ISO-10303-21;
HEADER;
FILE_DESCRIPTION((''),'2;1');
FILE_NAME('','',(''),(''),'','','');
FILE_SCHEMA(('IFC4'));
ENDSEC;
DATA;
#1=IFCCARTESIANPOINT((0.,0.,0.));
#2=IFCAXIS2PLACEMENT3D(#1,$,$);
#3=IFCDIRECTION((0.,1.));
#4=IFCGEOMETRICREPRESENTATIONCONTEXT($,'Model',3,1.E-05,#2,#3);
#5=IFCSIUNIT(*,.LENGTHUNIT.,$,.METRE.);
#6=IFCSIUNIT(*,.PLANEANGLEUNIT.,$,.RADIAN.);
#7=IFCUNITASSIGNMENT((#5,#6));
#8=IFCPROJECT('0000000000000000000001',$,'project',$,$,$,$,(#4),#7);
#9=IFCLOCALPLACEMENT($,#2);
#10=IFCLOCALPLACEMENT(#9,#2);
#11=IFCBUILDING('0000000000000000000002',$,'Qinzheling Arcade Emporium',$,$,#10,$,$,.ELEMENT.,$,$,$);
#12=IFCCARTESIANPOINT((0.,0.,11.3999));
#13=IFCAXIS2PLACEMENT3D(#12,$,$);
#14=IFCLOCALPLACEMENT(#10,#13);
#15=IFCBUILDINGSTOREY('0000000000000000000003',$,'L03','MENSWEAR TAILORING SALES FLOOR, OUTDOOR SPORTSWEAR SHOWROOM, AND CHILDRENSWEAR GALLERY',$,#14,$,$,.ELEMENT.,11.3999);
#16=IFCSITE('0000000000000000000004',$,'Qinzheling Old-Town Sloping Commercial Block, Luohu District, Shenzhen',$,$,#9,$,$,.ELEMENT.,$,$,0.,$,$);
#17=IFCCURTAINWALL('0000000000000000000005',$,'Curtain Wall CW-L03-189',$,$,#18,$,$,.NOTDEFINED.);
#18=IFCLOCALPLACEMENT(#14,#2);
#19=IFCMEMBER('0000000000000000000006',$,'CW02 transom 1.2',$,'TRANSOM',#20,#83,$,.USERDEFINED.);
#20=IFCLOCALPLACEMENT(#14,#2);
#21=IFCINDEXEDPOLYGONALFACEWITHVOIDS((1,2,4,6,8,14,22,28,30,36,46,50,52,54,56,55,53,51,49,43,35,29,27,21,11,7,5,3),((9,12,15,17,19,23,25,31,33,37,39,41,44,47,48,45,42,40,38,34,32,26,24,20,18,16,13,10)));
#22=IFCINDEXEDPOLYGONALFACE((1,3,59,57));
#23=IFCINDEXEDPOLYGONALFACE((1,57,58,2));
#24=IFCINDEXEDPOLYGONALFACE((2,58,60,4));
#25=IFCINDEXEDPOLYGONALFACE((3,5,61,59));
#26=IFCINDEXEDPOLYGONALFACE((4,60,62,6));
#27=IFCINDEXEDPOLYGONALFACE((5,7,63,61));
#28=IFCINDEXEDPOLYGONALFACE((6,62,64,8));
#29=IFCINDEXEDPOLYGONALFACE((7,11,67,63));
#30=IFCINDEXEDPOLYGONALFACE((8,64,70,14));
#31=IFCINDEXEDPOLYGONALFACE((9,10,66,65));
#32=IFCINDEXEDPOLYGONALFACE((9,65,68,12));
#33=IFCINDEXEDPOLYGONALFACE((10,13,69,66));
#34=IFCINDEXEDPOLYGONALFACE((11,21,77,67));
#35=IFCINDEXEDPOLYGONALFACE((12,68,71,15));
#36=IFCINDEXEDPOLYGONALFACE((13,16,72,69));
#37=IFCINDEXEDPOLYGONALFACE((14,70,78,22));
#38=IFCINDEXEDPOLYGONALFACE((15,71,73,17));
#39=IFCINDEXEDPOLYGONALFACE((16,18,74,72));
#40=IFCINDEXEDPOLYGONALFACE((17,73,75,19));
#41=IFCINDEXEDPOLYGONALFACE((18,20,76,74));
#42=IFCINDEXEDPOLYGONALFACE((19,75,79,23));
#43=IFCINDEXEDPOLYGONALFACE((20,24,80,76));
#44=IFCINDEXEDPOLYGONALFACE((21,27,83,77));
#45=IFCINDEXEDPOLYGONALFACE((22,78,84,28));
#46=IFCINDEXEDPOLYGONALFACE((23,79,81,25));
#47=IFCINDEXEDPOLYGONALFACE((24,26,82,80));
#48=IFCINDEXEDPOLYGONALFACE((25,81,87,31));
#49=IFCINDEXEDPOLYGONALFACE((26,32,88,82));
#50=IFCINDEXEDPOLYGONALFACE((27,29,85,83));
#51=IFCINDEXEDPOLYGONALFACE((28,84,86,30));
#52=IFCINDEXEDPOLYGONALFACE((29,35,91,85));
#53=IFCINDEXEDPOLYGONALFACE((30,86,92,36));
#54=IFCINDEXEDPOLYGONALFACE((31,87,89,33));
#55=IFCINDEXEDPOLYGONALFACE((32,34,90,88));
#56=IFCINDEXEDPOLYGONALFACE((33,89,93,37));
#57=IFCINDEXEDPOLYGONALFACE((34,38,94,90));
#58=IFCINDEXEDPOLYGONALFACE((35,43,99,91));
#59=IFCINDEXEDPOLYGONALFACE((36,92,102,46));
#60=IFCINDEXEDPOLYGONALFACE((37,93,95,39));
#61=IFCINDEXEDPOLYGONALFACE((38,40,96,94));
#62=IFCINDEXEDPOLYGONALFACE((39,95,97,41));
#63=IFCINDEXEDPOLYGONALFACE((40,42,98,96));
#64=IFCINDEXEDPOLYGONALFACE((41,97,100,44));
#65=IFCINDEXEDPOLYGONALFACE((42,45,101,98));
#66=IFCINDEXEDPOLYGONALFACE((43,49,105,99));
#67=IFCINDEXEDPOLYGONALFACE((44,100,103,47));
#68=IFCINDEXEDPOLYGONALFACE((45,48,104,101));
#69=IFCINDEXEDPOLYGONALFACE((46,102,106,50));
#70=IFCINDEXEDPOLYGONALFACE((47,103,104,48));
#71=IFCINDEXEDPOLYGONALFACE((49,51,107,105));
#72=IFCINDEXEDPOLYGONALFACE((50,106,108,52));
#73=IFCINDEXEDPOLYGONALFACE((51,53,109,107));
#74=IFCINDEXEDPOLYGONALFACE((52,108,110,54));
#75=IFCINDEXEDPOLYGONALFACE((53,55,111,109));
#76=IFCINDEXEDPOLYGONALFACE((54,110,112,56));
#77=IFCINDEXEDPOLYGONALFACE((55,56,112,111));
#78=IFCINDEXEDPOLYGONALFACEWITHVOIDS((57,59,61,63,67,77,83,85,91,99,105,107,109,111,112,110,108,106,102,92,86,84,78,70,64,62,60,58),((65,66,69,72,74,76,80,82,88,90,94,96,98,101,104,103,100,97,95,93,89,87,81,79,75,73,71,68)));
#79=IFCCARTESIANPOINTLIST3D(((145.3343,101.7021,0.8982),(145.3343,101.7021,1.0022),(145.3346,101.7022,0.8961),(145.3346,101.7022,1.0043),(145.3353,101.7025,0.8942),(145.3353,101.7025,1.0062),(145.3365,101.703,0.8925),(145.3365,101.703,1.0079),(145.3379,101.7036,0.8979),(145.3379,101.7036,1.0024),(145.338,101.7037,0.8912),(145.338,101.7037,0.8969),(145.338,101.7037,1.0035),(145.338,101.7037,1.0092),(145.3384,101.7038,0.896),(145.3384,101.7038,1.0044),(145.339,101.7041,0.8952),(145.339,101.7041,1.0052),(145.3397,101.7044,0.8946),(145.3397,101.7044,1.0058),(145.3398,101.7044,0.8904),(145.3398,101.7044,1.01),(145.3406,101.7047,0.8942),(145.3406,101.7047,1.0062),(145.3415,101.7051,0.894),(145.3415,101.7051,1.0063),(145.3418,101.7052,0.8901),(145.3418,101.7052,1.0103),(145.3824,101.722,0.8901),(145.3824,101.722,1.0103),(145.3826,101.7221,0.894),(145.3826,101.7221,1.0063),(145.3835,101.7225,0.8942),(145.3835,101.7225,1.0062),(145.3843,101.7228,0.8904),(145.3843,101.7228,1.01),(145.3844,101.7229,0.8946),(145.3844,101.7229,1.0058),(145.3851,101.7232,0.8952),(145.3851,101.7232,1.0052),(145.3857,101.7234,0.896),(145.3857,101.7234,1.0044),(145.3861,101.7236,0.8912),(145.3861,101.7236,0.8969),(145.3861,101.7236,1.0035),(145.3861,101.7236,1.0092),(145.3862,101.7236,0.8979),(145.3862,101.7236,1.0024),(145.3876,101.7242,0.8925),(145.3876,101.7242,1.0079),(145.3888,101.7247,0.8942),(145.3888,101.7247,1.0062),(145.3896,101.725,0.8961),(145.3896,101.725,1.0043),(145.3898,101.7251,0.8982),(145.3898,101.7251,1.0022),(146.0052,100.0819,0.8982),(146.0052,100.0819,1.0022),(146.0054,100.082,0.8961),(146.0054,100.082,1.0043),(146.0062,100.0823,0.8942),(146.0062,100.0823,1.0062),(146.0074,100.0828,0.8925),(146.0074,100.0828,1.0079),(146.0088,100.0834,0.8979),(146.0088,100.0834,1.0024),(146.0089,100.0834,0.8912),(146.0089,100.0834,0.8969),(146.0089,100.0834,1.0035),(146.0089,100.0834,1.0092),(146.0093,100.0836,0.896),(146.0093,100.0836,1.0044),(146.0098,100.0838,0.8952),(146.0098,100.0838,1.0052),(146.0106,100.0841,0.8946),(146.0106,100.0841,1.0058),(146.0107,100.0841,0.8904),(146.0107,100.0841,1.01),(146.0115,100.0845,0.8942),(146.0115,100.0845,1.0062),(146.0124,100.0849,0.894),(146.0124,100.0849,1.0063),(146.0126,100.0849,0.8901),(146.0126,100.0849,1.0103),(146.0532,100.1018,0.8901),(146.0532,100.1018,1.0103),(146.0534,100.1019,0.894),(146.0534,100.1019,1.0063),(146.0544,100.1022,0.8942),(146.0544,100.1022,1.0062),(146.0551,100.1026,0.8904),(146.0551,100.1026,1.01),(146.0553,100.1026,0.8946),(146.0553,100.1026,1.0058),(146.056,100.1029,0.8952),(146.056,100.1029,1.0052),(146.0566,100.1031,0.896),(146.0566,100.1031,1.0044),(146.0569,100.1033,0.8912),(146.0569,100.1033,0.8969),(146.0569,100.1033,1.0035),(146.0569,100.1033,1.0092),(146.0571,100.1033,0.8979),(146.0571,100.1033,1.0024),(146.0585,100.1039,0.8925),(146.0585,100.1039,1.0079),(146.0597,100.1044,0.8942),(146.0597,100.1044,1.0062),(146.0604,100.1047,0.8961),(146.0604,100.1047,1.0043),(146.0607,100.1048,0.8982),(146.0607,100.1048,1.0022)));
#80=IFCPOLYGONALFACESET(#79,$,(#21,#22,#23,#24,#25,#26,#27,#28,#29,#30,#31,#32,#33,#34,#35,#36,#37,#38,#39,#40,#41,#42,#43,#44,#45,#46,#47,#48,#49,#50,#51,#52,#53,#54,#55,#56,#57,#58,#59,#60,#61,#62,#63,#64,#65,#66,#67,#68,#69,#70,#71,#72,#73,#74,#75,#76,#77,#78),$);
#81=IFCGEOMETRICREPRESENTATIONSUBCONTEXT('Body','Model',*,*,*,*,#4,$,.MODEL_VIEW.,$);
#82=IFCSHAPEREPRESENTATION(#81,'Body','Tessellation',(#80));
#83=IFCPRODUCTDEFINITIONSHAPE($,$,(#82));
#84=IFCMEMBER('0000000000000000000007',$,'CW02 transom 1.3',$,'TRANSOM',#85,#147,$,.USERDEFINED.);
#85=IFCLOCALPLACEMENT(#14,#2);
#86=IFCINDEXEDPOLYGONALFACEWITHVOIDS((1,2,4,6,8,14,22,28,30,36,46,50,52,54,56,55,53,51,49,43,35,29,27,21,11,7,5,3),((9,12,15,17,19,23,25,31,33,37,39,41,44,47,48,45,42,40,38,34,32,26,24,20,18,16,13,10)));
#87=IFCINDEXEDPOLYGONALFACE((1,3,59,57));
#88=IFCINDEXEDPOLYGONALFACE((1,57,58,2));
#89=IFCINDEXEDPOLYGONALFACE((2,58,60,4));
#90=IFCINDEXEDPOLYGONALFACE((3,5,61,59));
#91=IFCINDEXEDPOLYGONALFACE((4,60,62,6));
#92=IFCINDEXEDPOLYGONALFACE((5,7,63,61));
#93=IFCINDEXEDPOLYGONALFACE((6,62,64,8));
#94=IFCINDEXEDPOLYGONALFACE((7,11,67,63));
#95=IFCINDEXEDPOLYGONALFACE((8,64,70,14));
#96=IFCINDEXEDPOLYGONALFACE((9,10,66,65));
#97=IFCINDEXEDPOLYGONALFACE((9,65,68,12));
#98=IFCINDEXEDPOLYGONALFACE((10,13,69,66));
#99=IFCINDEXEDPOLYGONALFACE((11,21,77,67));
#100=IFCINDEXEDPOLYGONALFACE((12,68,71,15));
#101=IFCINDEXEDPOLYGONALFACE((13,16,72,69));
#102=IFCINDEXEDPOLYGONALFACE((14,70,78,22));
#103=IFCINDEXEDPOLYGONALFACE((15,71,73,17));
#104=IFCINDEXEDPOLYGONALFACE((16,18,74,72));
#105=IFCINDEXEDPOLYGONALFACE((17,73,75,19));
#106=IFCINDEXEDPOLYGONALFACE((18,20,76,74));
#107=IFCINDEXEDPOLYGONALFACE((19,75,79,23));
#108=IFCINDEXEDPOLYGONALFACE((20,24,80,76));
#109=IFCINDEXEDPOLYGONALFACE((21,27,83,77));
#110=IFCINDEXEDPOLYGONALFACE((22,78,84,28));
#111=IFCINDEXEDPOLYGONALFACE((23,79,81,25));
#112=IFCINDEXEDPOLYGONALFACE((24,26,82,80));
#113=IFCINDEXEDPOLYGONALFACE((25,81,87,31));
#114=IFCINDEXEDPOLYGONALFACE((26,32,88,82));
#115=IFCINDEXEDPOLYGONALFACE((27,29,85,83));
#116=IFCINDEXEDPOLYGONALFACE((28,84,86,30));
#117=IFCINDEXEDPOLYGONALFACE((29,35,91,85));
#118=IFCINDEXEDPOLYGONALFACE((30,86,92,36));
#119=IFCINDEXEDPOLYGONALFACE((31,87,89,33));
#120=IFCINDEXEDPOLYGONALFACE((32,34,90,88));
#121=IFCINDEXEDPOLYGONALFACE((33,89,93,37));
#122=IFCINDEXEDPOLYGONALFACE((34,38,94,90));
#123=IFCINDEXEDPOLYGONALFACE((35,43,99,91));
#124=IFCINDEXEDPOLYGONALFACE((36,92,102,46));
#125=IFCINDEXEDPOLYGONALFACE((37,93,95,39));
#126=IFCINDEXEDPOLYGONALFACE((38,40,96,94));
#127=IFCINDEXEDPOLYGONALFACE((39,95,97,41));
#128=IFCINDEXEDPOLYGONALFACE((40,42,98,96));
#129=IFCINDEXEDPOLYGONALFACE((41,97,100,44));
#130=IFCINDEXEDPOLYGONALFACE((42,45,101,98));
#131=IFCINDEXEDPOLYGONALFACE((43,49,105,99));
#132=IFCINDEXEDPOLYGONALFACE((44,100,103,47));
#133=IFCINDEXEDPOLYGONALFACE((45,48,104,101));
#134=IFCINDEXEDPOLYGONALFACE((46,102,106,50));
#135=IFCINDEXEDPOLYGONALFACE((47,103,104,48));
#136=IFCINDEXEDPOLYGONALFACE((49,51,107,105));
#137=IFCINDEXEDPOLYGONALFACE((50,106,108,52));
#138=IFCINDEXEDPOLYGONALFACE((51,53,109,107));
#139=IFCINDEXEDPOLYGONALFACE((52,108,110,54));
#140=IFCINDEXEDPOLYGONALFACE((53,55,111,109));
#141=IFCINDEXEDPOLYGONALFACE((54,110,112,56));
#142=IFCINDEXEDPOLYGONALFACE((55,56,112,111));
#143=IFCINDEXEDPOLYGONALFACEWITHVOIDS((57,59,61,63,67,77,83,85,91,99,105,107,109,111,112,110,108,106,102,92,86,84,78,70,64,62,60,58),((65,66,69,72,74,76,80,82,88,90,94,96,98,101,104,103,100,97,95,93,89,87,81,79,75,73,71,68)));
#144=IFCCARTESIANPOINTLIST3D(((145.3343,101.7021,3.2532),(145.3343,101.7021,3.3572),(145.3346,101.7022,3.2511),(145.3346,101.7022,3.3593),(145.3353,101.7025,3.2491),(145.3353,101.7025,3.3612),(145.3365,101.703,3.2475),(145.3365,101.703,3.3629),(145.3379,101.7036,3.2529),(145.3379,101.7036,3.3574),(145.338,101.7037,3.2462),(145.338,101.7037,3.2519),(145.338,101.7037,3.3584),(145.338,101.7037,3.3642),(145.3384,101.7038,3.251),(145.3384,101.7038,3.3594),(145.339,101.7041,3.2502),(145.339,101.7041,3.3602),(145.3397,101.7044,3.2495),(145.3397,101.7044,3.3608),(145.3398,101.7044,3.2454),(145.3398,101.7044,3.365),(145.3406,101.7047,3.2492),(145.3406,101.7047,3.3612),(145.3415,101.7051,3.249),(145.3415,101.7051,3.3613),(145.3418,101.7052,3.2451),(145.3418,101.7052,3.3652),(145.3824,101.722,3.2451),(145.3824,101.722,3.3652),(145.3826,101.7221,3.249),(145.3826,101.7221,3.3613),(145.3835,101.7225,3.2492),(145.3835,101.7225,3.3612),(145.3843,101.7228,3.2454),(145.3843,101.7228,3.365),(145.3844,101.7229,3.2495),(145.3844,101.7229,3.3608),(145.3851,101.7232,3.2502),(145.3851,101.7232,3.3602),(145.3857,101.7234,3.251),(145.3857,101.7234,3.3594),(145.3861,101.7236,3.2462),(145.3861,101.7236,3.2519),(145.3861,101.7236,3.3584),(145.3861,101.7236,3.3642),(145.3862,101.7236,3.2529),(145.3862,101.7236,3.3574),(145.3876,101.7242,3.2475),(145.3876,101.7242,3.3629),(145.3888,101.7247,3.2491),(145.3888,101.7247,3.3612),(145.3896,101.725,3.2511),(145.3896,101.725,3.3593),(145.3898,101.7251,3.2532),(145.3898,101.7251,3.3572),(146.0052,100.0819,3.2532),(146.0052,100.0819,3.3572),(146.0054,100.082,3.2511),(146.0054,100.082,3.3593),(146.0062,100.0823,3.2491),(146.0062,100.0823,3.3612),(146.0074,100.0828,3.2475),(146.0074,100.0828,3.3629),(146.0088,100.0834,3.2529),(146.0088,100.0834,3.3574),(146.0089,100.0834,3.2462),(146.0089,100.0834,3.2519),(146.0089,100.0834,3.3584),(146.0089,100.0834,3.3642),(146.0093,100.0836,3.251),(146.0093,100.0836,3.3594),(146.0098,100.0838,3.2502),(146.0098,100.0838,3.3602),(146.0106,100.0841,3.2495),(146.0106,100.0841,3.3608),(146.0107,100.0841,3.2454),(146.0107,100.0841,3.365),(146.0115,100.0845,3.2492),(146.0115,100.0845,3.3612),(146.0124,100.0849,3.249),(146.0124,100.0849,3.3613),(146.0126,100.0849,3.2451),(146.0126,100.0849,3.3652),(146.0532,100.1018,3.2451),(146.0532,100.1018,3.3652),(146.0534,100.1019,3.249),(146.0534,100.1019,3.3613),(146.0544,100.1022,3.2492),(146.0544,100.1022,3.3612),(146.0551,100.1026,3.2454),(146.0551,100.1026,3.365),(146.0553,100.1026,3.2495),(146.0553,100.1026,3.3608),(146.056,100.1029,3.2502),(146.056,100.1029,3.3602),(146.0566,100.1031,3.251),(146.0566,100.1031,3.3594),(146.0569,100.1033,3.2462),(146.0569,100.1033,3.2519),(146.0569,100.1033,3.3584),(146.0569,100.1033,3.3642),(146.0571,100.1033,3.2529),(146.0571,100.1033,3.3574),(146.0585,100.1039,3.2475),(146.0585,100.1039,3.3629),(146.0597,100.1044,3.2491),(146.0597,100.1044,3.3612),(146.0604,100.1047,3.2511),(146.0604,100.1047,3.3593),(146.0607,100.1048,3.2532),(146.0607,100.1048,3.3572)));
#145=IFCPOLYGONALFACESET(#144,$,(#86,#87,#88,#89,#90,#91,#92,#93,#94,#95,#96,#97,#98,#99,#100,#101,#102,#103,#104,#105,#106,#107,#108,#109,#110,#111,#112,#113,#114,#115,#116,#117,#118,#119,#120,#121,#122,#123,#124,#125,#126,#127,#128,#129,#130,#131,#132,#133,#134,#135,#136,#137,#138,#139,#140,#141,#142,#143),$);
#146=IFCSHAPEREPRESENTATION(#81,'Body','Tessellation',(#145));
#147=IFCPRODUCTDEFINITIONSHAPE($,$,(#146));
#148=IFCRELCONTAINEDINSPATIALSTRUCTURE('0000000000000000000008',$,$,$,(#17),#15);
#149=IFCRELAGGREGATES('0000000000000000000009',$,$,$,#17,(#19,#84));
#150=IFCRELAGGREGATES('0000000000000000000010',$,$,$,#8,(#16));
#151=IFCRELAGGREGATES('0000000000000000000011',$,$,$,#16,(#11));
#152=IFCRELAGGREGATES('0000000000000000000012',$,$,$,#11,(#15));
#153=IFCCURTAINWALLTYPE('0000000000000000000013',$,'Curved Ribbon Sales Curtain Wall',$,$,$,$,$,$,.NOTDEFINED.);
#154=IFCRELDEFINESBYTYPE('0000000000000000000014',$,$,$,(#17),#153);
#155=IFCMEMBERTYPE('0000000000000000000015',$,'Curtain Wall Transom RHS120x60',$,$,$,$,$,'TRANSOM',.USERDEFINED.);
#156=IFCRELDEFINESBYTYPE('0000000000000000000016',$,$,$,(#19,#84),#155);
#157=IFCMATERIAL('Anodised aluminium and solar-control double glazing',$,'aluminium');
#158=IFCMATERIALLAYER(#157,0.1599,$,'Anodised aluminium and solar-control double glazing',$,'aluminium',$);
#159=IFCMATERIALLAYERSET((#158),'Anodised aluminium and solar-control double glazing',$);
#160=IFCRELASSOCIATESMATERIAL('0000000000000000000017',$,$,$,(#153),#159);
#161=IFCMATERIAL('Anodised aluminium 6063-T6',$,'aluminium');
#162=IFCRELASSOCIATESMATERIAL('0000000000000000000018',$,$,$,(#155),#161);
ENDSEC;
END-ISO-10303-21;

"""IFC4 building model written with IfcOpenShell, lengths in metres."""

from ifc_helpers import new_model, si_unit, direction, frame, origin, origin_2d, place, context, subcontext, project, spatial, hollow_rectangle, extrude, material, layer, layer_set, material_profile, profile_set, type_object, element, aggregate, save


model = new_model("IFC4")

# Units and contexts
model_context = context("Model", 3, precision=1e-05, world=origin(), true_north=direction((0.0, 1.0)))
body_context = subcontext(model_context, "Body", "Model", "MODEL_VIEW")
ifc_project = project(units=[si_unit("LENGTHUNIT", "METRE"), si_unit("PLANEANGLEUNIT", "RADIAN")], contexts=[model_context])

# Site, building, storey
site_placement = place(None, origin())
site = spatial("IfcSite", under=ifc_project, at=site_placement, Name="Qinzheling Old-Town Sloping Commercial Block, Luohu District, Shenzhen", CompositionType="ELEMENT", RefElevation=0.0)
building_placement = place(site_placement, origin())
building = spatial("IfcBuilding", under=site, at=building_placement, Name="Qinzheling Arcade Emporium", CompositionType="ELEMENT")
storey_placement = place(building_placement, frame((0.0, 0.0, 11.3999)))
storey = spatial("IfcBuildingStorey", under=building, at=storey_placement, Name="L03", Description="MENSWEAR TAILORING SALES FLOOR, OUTDOOR SPORTSWEAR SHOWROOM, AND CHILDRENSWEAR GALLERY", CompositionType="ELEMENT", Elevation=11.3999)

# Curtain wall
ifc_material_1 = material(Name="Anodised aluminium and solar-control double glazing", Category="aluminium")
ifc_layer_1 = layer(ifc_material_1, 0.1599, Name="Anodised aluminium and solar-control double glazing", Category="aluminium")
ifc_layer_set_1 = layer_set([ifc_layer_1], Name="Anodised aluminium and solar-control double glazing")
curtain_wall_type = type_object("IfcCurtainWallType", Name="Curved Ribbon Sales Curtain Wall", PredefinedType="NOTDEFINED", material=ifc_layer_set_1)
curtain_wall_1_placement = place(storey_placement, origin())
curtain_wall_1 = element("IfcCurtainWall", 1, at=curtain_wall_1_placement, inside=storey, type_object=curtain_wall_type, Name="Curtain Wall CW-L03-189", PredefinedType="NOTDEFINED")
ifc_material_2 = material(Name="Anodised aluminium 6063-T6", Category="aluminium")

# Members
ifc_material_profile_1 = material_profile(ifc_material_2, hollow_rectangle(XDim=0.0601, YDim=0.1201, WallThickness=0.0039, InnerFilletRadius=0.0039, OuterFilletRadius=0.0081, at=origin_2d()), Name="RHS 120x60x4", Category="aluminium")
ifc_profile_set_1 = profile_set([ifc_material_profile_1], Name="Anodised aluminium 6063-T6")
member_type_1 = type_object("IfcMemberType", Name="Curtain Wall Transom RHS120x60", ElementType="TRANSOM", PredefinedType="USERDEFINED", material=ifc_profile_set_1)
member_1_placement = place(storey_placement, frame((145.3621, 101.7136, 0.9502), z_axis=(0.382549, -0.923935, 0.0), x_axis=(0.923935, 0.382549, 0.0)))
member_1 = element("IfcMember", 2, at=member_1_placement, type_object=member_type_1, Name="CW02 transom 1.2", ObjectType="TRANSOM", PredefinedType="USERDEFINED", context=body_context, shape_type="SweptSolid", body=[
    extrude(hollow_rectangle(XDim=0.0601, YDim=0.1201, WallThickness=0.0039, InnerFilletRadius=0.0039, OuterFilletRadius=0.0081, at=origin_2d()), origin(), (0.0, 0.0, 1.0), 1.7537),
])
member_2_placement = place(storey_placement, frame((145.3621, 101.7136, 3.3052), z_axis=(0.382549, -0.923935, 0.0), x_axis=(0.923935, 0.382549, 0.0)))
member_2 = element("IfcMember", 3, at=member_2_placement, type_object=member_type_1, Name="CW02 transom 1.3", ObjectType="TRANSOM", PredefinedType="USERDEFINED", context=body_context, shape_type="SweptSolid", body=[
    extrude(hollow_rectangle(XDim=0.0601, YDim=0.1201, WallThickness=0.0039, InnerFilletRadius=0.0039, OuterFilletRadius=0.0081, at=origin_2d()), origin(), (0.0, 0.0, 1.0), 1.7537),
])

aggregate(curtain_wall_1, [member_1, member_2])

save(model, "model.ifc")
